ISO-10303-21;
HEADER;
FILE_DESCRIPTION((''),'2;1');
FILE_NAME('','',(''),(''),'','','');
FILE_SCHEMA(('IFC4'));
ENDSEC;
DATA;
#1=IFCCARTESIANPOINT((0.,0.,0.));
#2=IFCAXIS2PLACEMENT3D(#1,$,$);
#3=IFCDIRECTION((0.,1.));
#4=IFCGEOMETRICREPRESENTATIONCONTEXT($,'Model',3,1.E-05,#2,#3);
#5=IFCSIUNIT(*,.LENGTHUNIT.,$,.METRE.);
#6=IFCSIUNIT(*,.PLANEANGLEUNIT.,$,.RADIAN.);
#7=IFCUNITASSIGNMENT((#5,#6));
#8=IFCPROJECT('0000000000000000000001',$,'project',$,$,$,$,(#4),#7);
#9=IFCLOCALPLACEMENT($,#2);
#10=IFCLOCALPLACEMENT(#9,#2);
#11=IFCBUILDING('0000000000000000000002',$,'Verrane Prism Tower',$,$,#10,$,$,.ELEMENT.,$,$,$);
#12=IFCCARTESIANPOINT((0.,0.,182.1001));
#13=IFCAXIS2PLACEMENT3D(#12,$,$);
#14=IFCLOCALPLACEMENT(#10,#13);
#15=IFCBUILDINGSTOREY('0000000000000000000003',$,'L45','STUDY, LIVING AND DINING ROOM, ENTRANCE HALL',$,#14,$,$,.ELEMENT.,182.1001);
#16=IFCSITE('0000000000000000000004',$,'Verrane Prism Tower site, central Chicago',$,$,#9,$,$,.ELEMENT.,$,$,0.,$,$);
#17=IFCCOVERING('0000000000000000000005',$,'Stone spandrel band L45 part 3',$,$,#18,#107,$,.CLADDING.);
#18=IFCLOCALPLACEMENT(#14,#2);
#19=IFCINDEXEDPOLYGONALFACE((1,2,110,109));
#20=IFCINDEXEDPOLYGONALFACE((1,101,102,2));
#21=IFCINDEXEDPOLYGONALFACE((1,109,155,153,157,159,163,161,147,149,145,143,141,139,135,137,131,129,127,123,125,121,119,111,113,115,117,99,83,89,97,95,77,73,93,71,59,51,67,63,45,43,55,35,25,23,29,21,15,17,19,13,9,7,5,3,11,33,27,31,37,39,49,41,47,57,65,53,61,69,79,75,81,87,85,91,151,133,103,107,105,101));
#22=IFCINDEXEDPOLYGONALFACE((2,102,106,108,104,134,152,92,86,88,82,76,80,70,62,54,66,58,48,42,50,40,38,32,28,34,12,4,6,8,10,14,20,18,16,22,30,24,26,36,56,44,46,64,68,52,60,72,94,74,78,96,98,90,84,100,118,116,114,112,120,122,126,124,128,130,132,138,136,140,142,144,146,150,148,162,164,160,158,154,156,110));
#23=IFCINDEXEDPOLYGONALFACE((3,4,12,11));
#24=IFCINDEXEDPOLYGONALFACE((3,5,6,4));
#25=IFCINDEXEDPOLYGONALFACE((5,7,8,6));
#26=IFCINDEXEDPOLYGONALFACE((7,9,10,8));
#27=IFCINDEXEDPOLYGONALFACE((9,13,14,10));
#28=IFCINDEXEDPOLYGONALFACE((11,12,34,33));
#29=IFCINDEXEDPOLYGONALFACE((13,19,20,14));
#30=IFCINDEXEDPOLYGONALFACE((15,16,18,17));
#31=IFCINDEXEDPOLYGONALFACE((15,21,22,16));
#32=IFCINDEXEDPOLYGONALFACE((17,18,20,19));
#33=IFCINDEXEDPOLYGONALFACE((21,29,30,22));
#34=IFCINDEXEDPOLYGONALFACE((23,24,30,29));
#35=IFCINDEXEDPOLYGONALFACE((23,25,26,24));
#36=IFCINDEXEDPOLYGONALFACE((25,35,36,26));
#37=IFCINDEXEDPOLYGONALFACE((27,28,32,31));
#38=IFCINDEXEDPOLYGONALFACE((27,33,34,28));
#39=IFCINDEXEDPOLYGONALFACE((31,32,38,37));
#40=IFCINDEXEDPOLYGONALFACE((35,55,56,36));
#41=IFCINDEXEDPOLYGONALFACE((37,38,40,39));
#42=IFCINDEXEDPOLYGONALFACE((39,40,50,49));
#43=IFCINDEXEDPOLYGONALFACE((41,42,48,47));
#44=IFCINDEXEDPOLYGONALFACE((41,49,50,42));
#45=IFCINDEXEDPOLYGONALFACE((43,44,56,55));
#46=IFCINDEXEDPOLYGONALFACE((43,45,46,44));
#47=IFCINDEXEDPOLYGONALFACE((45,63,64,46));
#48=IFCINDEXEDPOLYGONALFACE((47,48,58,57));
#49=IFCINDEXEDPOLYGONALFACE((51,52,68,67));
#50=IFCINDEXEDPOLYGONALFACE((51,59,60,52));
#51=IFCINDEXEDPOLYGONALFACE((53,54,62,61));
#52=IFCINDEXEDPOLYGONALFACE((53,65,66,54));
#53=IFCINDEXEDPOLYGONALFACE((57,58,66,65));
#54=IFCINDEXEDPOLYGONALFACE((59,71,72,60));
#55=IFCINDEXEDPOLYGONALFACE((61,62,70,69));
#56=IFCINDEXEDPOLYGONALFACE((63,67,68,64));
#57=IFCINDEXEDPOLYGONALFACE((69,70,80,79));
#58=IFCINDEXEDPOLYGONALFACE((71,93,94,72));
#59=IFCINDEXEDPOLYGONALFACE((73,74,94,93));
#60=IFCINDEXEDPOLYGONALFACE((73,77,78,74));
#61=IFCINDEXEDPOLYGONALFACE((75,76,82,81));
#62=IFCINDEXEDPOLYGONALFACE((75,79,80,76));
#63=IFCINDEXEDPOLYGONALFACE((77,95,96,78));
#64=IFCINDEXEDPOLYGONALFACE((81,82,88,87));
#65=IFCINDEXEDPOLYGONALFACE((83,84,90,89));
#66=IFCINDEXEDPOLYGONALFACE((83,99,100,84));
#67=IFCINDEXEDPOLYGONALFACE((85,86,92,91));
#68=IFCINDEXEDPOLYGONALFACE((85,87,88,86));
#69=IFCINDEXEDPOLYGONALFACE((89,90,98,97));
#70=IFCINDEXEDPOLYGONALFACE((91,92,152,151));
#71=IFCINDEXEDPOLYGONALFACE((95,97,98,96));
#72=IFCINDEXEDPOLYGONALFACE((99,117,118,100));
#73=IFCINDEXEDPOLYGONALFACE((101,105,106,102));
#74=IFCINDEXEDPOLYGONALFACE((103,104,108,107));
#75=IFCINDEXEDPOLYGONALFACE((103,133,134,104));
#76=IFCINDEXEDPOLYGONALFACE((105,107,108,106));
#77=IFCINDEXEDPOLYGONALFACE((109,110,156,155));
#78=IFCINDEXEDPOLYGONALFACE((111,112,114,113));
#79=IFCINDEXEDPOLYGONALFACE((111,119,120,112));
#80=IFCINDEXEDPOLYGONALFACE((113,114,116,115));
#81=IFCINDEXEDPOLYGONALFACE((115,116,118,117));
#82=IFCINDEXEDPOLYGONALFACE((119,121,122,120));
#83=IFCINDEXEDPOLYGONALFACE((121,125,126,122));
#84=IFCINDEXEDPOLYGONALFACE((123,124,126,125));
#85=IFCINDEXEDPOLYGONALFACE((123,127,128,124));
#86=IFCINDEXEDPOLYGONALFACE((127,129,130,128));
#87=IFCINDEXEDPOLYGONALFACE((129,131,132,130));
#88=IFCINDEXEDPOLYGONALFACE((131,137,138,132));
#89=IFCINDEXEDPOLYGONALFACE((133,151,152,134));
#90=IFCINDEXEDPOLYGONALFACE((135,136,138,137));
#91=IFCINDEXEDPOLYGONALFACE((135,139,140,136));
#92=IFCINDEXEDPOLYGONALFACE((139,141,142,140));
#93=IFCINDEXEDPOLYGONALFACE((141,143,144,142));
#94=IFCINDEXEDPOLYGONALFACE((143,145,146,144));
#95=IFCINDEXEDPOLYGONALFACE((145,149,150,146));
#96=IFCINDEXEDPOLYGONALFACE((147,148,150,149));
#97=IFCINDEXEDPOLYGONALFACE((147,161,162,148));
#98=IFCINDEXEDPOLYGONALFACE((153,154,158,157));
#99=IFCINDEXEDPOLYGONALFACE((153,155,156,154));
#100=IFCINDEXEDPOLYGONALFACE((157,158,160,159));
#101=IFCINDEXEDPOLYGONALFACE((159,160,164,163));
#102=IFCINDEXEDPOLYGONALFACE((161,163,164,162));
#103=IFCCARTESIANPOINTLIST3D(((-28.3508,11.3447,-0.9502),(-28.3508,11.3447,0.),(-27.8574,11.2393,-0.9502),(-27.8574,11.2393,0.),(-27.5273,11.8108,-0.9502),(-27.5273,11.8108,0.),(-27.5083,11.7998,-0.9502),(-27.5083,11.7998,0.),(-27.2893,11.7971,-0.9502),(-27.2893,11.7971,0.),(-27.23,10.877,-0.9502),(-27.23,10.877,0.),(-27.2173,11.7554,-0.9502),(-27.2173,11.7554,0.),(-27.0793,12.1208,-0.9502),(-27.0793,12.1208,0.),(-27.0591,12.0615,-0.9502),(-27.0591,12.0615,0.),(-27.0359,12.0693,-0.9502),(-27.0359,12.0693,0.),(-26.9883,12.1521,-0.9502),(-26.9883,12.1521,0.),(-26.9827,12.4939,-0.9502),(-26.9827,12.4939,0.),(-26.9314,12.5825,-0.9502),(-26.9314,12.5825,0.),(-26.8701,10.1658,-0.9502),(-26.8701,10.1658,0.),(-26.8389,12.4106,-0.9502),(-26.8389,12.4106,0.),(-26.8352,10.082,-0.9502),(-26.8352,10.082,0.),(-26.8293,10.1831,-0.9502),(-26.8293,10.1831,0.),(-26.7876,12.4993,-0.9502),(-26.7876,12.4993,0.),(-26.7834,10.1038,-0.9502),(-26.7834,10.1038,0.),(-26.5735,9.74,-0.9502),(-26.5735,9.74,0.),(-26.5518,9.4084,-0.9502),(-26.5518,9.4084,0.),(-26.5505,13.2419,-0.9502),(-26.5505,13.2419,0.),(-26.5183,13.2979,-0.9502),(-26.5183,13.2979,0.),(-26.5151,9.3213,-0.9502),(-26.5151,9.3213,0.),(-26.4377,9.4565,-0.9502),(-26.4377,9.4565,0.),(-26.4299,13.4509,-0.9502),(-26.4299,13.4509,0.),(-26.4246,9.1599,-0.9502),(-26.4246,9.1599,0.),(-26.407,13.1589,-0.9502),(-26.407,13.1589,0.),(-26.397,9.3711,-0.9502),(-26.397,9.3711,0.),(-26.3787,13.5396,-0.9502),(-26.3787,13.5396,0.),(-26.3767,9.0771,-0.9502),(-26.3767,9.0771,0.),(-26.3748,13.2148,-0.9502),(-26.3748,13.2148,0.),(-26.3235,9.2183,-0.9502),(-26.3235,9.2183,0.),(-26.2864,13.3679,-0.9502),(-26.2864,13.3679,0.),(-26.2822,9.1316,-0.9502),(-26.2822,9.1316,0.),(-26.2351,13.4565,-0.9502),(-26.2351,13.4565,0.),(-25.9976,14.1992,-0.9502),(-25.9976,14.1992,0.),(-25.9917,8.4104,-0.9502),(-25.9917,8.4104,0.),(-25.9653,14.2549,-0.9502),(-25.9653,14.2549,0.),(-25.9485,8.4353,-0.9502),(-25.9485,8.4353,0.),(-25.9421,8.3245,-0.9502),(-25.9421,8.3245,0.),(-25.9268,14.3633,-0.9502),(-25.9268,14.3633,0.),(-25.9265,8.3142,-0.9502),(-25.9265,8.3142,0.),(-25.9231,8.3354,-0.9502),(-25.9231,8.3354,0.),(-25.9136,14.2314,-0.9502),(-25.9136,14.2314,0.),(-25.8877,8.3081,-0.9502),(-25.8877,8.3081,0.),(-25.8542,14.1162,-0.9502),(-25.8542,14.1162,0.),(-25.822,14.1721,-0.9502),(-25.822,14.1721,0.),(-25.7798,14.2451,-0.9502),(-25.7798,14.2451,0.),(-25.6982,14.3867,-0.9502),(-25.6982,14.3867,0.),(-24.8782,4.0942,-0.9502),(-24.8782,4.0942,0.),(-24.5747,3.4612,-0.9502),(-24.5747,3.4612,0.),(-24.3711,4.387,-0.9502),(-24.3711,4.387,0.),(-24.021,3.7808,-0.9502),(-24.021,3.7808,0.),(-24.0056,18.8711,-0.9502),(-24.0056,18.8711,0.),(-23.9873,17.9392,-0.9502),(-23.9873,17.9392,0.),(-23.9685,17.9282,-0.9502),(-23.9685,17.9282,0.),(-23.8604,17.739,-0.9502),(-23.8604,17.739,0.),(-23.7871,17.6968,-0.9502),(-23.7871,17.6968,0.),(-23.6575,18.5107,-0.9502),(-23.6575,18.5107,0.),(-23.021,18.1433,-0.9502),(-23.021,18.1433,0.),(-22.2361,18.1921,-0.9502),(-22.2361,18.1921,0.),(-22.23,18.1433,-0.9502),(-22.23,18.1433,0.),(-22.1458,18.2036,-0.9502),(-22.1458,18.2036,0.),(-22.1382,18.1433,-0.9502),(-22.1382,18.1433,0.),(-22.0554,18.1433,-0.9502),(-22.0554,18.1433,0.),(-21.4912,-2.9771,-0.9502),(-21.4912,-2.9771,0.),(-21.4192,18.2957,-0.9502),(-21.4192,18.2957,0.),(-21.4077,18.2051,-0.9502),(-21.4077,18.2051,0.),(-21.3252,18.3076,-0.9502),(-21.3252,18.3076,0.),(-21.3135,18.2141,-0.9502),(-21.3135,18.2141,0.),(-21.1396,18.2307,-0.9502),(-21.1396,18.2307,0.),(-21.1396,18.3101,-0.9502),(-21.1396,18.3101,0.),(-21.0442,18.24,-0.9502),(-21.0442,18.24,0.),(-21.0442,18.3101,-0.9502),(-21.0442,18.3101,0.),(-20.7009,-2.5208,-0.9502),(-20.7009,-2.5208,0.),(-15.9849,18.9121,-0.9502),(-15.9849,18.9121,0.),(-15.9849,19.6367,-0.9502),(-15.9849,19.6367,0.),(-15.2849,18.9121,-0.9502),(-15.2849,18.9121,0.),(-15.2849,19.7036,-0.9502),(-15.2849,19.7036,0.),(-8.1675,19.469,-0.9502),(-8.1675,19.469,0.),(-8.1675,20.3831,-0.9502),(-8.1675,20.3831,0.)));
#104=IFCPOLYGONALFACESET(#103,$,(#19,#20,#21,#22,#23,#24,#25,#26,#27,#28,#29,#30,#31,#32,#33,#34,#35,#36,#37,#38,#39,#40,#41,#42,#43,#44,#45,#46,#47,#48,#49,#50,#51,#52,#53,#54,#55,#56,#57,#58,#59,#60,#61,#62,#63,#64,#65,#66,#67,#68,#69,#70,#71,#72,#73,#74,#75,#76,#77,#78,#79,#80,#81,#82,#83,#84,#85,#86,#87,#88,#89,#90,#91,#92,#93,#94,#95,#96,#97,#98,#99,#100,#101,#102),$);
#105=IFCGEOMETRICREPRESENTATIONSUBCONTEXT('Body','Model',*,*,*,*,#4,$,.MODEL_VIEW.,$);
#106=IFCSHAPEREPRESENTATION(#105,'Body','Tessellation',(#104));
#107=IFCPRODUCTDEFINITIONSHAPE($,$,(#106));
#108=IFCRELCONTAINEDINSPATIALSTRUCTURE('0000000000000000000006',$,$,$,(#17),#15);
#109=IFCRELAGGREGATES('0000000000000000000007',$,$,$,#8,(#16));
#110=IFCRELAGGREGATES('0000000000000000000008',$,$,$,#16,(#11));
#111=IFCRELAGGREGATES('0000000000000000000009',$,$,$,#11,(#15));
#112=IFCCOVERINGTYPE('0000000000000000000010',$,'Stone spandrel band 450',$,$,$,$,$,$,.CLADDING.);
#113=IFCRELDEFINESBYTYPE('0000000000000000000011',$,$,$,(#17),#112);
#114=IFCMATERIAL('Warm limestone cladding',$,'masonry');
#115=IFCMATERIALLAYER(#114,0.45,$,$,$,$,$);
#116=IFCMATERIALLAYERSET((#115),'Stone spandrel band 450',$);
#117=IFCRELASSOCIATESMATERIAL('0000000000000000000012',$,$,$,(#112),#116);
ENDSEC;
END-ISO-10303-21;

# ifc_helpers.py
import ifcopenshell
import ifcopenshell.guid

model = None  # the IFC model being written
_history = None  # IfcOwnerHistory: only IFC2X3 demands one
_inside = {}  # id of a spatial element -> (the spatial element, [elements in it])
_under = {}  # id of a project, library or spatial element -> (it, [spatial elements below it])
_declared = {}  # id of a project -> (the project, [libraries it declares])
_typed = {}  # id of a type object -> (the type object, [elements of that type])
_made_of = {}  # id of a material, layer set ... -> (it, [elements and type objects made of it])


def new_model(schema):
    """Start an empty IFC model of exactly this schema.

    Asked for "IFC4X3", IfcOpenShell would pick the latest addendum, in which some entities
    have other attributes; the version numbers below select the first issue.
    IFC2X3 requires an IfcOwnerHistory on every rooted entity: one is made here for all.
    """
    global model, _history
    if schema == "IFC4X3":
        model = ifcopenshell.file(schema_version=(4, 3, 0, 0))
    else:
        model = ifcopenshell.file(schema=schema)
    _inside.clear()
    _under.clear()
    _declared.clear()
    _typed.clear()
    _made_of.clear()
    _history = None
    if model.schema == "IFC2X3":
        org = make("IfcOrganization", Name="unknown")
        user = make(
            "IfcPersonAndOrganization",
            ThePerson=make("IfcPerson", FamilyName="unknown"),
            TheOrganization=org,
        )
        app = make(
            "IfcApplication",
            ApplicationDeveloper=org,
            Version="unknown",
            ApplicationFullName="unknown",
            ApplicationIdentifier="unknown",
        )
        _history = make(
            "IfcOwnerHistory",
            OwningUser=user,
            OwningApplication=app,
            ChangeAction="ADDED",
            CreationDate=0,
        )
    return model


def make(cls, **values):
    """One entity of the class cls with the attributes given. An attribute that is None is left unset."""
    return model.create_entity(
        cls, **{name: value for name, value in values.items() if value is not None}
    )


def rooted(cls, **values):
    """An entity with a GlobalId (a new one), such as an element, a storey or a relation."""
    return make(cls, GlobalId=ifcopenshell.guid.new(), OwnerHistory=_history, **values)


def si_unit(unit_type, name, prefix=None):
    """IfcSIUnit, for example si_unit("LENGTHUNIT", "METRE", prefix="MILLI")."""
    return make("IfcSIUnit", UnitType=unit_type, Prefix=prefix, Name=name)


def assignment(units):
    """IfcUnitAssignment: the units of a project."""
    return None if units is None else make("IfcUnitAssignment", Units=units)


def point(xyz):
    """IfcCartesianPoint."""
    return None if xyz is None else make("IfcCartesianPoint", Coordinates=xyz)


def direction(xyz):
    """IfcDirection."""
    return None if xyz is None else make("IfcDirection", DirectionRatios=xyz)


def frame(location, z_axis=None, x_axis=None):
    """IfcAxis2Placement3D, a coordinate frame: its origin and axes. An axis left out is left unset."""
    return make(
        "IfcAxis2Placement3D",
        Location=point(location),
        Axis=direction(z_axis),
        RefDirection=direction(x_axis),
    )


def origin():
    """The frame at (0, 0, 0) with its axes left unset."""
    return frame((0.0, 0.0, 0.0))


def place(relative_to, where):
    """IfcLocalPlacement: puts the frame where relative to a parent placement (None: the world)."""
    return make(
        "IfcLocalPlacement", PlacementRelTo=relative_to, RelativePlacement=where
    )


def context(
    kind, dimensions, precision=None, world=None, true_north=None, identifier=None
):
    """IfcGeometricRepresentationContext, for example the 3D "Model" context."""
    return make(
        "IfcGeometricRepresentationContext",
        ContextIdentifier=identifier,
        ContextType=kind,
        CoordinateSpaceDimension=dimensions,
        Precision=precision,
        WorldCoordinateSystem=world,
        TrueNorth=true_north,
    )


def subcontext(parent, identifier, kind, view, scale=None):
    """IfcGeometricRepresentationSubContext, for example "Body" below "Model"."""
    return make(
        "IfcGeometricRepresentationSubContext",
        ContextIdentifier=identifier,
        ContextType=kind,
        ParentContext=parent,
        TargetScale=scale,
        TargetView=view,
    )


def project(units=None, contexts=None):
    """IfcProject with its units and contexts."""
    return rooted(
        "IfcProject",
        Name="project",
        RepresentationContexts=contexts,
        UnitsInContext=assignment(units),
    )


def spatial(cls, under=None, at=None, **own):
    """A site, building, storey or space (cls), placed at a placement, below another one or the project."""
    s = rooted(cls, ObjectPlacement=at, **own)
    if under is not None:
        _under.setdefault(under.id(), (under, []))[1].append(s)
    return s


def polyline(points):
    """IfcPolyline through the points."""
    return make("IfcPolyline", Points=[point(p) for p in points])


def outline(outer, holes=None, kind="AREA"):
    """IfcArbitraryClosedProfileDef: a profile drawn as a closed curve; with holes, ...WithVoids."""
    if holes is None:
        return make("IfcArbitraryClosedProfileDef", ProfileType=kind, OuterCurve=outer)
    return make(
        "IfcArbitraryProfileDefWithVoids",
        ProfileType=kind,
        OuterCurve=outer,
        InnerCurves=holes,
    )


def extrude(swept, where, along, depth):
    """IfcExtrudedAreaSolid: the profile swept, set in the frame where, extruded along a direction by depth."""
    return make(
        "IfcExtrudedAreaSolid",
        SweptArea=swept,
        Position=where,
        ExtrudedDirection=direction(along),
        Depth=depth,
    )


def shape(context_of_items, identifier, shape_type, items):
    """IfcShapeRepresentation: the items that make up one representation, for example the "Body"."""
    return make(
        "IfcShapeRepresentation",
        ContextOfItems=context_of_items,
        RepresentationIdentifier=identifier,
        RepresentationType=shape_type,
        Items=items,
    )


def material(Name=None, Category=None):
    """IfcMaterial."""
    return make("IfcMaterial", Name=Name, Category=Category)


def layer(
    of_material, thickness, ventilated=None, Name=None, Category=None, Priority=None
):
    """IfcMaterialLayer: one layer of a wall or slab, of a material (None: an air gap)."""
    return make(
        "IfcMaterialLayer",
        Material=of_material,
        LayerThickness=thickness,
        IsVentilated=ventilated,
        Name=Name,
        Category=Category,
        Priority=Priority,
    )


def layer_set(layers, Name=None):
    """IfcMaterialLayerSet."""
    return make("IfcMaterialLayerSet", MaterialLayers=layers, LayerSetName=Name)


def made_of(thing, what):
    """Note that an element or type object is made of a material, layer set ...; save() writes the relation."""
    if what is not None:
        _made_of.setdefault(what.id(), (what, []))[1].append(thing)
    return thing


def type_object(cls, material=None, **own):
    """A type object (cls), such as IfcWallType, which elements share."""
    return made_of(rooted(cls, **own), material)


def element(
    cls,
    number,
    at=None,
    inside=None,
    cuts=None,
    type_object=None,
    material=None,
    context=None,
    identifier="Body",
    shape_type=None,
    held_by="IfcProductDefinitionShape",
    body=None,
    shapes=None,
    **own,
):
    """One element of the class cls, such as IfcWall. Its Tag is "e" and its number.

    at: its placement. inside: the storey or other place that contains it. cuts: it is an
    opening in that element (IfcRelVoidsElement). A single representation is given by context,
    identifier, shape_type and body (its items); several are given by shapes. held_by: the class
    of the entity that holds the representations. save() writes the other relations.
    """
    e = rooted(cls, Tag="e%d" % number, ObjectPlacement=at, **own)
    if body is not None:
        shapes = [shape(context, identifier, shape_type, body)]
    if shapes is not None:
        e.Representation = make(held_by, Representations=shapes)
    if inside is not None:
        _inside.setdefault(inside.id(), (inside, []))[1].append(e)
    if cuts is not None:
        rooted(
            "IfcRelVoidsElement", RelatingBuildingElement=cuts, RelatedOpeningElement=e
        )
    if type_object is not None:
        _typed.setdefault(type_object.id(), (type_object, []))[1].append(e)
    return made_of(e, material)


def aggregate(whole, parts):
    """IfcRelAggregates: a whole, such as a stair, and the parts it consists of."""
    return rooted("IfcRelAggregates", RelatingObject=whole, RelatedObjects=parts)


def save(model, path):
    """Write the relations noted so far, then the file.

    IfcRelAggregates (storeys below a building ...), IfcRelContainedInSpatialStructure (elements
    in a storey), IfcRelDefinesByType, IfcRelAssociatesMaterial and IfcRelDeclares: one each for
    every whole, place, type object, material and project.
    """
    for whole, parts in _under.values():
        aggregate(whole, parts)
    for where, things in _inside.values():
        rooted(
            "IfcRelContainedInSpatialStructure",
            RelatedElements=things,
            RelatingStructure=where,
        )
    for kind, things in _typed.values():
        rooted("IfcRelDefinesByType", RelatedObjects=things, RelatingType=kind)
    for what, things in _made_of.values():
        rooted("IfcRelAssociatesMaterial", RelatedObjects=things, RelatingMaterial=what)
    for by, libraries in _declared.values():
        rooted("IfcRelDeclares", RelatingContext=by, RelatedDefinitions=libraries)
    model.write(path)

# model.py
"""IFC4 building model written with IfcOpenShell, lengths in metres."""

from ifc_helpers import new_model, si_unit, direction, frame, origin, place, context, subcontext, project, spatial, polyline, outline, extrude, material, layer, layer_set, type_object, element, save


model = new_model("IFC4")

# Units and contexts
model_context = context("Model", 3, precision=1e-05, world=origin(), true_north=direction((0.0, 1.0)))
body_context = subcontext(model_context, "Body", "Model", "MODEL_VIEW")
ifc_project = project(units=[si_unit("LENGTHUNIT", "METRE"), si_unit("PLANEANGLEUNIT", "RADIAN")], contexts=[model_context])

# Site, building, storey
site_placement = place(None, origin())
site = spatial("IfcSite", under=ifc_project, at=site_placement, Name="Verrane Prism Tower site, central Chicago", CompositionType="ELEMENT", RefElevation=0.0)
building_placement = place(site_placement, origin())
building = spatial("IfcBuilding", under=site, at=building_placement, Name="Verrane Prism Tower", CompositionType="ELEMENT")
storey_placement = place(building_placement, frame((0.0, 0.0, 182.1001)))
storey = spatial("IfcBuildingStorey", under=building, at=storey_placement, Name="L45", Description="STUDY, LIVING AND DINING ROOM, ENTRANCE HALL", CompositionType="ELEMENT", Elevation=182.1001)

# Covering
ifc_material_1 = material(Name="Warm limestone cladding", Category="masonry")
ifc_layer_1 = layer(ifc_material_1, 0.45)
ifc_layer_set_1 = layer_set([ifc_layer_1], Name="Stone spandrel band 450")
covering_type = type_object("IfcCoveringType", Name="Stone spandrel band 450", PredefinedType="CLADDING", material=ifc_layer_set_1)
covering_1_placement = place(storey_placement, frame((0.0, 0.0, -0.9502)))
element("IfcCovering", 1, at=covering_1_placement, inside=storey, type_object=covering_type, Name="Stone spandrel band L45 part 3", PredefinedType="CLADDING", context=body_context, shape_type="SweptSolid", body=[
    extrude(outline(polyline([(-25.7798, 14.2451), (-25.9136, 14.2314), (-25.9268, 14.3633), (-25.6982, 14.3867), (-23.7871, 17.6968), (-23.8604, 17.739), (-23.9685, 17.9282), (-23.9873, 17.9392), (-23.6575, 18.5107), (-23.021, 18.1433), (-22.23, 18.1433), (-22.2361, 18.1921), (-22.1458, 18.2036), (-22.1382, 18.1433), (-22.0554, 18.1433), (-21.4077, 18.2051), (-21.4192, 18.2957), (-21.3252, 18.3076), (-21.3135, 18.2141), (-21.1396, 18.2307), (-21.1396, 18.3101), (-21.0442, 18.3101), (-21.0442, 18.24), (-8.1675, 19.469), (-8.1675, 20.3831), (-15.2849, 19.7036), (-15.2849, 18.9121), (-15.9849, 18.9121), (-15.9849, 19.6367), (-24.0056, 18.8711), (-28.3508, 11.3447), (-24.8782, 4.0942), (-24.3711, 4.387), (-24.021, 3.7808), (-24.5747, 3.4612), (-21.4912, -2.9771), (-20.7009, -2.5208), (-25.8877, 8.3081), (-25.9265, 8.3142), (-25.9231, 8.3354), (-25.9421, 8.3245), (-25.9917, 8.4104), (-25.9485, 8.4353), (-26.2822, 9.1316), (-26.3767, 9.0771), (-26.4246, 9.1599), (-26.3235, 9.2183), (-26.397, 9.3711), (-26.5151, 9.3213), (-26.5518, 9.4084), (-26.4377, 9.4565), (-26.5735, 9.74), (-26.7834, 10.1038), (-26.8352, 10.082), (-26.8701, 10.1658), (-26.8293, 10.1831), (-27.23, 10.877), (-27.8574, 11.2393), (-27.5273, 11.8108), (-27.5083, 11.7998), (-27.2893, 11.7971), (-27.2173, 11.7554), (-27.0359, 12.0693), (-27.0591, 12.0615), (-27.0793, 12.1208), (-26.9883, 12.1521), (-26.8389, 12.4106), (-26.9827, 12.4939), (-26.9314, 12.5825), (-26.7876, 12.4993), (-26.407, 13.1589), (-26.5505, 13.2419), (-26.5183, 13.2979), (-26.3748, 13.2148), (-26.2864, 13.3679), (-26.4299, 13.4509), (-26.3787, 13.5396), (-26.2351, 13.4565), (-25.8542, 14.1162), (-25.9976, 14.1992), (-25.9653, 14.2549), (-25.822, 14.1721), (-25.7798, 14.2451)])), origin(), (0.0, 0.0, 1.0), 0.9502),
])

save(model, "model.ifc")
